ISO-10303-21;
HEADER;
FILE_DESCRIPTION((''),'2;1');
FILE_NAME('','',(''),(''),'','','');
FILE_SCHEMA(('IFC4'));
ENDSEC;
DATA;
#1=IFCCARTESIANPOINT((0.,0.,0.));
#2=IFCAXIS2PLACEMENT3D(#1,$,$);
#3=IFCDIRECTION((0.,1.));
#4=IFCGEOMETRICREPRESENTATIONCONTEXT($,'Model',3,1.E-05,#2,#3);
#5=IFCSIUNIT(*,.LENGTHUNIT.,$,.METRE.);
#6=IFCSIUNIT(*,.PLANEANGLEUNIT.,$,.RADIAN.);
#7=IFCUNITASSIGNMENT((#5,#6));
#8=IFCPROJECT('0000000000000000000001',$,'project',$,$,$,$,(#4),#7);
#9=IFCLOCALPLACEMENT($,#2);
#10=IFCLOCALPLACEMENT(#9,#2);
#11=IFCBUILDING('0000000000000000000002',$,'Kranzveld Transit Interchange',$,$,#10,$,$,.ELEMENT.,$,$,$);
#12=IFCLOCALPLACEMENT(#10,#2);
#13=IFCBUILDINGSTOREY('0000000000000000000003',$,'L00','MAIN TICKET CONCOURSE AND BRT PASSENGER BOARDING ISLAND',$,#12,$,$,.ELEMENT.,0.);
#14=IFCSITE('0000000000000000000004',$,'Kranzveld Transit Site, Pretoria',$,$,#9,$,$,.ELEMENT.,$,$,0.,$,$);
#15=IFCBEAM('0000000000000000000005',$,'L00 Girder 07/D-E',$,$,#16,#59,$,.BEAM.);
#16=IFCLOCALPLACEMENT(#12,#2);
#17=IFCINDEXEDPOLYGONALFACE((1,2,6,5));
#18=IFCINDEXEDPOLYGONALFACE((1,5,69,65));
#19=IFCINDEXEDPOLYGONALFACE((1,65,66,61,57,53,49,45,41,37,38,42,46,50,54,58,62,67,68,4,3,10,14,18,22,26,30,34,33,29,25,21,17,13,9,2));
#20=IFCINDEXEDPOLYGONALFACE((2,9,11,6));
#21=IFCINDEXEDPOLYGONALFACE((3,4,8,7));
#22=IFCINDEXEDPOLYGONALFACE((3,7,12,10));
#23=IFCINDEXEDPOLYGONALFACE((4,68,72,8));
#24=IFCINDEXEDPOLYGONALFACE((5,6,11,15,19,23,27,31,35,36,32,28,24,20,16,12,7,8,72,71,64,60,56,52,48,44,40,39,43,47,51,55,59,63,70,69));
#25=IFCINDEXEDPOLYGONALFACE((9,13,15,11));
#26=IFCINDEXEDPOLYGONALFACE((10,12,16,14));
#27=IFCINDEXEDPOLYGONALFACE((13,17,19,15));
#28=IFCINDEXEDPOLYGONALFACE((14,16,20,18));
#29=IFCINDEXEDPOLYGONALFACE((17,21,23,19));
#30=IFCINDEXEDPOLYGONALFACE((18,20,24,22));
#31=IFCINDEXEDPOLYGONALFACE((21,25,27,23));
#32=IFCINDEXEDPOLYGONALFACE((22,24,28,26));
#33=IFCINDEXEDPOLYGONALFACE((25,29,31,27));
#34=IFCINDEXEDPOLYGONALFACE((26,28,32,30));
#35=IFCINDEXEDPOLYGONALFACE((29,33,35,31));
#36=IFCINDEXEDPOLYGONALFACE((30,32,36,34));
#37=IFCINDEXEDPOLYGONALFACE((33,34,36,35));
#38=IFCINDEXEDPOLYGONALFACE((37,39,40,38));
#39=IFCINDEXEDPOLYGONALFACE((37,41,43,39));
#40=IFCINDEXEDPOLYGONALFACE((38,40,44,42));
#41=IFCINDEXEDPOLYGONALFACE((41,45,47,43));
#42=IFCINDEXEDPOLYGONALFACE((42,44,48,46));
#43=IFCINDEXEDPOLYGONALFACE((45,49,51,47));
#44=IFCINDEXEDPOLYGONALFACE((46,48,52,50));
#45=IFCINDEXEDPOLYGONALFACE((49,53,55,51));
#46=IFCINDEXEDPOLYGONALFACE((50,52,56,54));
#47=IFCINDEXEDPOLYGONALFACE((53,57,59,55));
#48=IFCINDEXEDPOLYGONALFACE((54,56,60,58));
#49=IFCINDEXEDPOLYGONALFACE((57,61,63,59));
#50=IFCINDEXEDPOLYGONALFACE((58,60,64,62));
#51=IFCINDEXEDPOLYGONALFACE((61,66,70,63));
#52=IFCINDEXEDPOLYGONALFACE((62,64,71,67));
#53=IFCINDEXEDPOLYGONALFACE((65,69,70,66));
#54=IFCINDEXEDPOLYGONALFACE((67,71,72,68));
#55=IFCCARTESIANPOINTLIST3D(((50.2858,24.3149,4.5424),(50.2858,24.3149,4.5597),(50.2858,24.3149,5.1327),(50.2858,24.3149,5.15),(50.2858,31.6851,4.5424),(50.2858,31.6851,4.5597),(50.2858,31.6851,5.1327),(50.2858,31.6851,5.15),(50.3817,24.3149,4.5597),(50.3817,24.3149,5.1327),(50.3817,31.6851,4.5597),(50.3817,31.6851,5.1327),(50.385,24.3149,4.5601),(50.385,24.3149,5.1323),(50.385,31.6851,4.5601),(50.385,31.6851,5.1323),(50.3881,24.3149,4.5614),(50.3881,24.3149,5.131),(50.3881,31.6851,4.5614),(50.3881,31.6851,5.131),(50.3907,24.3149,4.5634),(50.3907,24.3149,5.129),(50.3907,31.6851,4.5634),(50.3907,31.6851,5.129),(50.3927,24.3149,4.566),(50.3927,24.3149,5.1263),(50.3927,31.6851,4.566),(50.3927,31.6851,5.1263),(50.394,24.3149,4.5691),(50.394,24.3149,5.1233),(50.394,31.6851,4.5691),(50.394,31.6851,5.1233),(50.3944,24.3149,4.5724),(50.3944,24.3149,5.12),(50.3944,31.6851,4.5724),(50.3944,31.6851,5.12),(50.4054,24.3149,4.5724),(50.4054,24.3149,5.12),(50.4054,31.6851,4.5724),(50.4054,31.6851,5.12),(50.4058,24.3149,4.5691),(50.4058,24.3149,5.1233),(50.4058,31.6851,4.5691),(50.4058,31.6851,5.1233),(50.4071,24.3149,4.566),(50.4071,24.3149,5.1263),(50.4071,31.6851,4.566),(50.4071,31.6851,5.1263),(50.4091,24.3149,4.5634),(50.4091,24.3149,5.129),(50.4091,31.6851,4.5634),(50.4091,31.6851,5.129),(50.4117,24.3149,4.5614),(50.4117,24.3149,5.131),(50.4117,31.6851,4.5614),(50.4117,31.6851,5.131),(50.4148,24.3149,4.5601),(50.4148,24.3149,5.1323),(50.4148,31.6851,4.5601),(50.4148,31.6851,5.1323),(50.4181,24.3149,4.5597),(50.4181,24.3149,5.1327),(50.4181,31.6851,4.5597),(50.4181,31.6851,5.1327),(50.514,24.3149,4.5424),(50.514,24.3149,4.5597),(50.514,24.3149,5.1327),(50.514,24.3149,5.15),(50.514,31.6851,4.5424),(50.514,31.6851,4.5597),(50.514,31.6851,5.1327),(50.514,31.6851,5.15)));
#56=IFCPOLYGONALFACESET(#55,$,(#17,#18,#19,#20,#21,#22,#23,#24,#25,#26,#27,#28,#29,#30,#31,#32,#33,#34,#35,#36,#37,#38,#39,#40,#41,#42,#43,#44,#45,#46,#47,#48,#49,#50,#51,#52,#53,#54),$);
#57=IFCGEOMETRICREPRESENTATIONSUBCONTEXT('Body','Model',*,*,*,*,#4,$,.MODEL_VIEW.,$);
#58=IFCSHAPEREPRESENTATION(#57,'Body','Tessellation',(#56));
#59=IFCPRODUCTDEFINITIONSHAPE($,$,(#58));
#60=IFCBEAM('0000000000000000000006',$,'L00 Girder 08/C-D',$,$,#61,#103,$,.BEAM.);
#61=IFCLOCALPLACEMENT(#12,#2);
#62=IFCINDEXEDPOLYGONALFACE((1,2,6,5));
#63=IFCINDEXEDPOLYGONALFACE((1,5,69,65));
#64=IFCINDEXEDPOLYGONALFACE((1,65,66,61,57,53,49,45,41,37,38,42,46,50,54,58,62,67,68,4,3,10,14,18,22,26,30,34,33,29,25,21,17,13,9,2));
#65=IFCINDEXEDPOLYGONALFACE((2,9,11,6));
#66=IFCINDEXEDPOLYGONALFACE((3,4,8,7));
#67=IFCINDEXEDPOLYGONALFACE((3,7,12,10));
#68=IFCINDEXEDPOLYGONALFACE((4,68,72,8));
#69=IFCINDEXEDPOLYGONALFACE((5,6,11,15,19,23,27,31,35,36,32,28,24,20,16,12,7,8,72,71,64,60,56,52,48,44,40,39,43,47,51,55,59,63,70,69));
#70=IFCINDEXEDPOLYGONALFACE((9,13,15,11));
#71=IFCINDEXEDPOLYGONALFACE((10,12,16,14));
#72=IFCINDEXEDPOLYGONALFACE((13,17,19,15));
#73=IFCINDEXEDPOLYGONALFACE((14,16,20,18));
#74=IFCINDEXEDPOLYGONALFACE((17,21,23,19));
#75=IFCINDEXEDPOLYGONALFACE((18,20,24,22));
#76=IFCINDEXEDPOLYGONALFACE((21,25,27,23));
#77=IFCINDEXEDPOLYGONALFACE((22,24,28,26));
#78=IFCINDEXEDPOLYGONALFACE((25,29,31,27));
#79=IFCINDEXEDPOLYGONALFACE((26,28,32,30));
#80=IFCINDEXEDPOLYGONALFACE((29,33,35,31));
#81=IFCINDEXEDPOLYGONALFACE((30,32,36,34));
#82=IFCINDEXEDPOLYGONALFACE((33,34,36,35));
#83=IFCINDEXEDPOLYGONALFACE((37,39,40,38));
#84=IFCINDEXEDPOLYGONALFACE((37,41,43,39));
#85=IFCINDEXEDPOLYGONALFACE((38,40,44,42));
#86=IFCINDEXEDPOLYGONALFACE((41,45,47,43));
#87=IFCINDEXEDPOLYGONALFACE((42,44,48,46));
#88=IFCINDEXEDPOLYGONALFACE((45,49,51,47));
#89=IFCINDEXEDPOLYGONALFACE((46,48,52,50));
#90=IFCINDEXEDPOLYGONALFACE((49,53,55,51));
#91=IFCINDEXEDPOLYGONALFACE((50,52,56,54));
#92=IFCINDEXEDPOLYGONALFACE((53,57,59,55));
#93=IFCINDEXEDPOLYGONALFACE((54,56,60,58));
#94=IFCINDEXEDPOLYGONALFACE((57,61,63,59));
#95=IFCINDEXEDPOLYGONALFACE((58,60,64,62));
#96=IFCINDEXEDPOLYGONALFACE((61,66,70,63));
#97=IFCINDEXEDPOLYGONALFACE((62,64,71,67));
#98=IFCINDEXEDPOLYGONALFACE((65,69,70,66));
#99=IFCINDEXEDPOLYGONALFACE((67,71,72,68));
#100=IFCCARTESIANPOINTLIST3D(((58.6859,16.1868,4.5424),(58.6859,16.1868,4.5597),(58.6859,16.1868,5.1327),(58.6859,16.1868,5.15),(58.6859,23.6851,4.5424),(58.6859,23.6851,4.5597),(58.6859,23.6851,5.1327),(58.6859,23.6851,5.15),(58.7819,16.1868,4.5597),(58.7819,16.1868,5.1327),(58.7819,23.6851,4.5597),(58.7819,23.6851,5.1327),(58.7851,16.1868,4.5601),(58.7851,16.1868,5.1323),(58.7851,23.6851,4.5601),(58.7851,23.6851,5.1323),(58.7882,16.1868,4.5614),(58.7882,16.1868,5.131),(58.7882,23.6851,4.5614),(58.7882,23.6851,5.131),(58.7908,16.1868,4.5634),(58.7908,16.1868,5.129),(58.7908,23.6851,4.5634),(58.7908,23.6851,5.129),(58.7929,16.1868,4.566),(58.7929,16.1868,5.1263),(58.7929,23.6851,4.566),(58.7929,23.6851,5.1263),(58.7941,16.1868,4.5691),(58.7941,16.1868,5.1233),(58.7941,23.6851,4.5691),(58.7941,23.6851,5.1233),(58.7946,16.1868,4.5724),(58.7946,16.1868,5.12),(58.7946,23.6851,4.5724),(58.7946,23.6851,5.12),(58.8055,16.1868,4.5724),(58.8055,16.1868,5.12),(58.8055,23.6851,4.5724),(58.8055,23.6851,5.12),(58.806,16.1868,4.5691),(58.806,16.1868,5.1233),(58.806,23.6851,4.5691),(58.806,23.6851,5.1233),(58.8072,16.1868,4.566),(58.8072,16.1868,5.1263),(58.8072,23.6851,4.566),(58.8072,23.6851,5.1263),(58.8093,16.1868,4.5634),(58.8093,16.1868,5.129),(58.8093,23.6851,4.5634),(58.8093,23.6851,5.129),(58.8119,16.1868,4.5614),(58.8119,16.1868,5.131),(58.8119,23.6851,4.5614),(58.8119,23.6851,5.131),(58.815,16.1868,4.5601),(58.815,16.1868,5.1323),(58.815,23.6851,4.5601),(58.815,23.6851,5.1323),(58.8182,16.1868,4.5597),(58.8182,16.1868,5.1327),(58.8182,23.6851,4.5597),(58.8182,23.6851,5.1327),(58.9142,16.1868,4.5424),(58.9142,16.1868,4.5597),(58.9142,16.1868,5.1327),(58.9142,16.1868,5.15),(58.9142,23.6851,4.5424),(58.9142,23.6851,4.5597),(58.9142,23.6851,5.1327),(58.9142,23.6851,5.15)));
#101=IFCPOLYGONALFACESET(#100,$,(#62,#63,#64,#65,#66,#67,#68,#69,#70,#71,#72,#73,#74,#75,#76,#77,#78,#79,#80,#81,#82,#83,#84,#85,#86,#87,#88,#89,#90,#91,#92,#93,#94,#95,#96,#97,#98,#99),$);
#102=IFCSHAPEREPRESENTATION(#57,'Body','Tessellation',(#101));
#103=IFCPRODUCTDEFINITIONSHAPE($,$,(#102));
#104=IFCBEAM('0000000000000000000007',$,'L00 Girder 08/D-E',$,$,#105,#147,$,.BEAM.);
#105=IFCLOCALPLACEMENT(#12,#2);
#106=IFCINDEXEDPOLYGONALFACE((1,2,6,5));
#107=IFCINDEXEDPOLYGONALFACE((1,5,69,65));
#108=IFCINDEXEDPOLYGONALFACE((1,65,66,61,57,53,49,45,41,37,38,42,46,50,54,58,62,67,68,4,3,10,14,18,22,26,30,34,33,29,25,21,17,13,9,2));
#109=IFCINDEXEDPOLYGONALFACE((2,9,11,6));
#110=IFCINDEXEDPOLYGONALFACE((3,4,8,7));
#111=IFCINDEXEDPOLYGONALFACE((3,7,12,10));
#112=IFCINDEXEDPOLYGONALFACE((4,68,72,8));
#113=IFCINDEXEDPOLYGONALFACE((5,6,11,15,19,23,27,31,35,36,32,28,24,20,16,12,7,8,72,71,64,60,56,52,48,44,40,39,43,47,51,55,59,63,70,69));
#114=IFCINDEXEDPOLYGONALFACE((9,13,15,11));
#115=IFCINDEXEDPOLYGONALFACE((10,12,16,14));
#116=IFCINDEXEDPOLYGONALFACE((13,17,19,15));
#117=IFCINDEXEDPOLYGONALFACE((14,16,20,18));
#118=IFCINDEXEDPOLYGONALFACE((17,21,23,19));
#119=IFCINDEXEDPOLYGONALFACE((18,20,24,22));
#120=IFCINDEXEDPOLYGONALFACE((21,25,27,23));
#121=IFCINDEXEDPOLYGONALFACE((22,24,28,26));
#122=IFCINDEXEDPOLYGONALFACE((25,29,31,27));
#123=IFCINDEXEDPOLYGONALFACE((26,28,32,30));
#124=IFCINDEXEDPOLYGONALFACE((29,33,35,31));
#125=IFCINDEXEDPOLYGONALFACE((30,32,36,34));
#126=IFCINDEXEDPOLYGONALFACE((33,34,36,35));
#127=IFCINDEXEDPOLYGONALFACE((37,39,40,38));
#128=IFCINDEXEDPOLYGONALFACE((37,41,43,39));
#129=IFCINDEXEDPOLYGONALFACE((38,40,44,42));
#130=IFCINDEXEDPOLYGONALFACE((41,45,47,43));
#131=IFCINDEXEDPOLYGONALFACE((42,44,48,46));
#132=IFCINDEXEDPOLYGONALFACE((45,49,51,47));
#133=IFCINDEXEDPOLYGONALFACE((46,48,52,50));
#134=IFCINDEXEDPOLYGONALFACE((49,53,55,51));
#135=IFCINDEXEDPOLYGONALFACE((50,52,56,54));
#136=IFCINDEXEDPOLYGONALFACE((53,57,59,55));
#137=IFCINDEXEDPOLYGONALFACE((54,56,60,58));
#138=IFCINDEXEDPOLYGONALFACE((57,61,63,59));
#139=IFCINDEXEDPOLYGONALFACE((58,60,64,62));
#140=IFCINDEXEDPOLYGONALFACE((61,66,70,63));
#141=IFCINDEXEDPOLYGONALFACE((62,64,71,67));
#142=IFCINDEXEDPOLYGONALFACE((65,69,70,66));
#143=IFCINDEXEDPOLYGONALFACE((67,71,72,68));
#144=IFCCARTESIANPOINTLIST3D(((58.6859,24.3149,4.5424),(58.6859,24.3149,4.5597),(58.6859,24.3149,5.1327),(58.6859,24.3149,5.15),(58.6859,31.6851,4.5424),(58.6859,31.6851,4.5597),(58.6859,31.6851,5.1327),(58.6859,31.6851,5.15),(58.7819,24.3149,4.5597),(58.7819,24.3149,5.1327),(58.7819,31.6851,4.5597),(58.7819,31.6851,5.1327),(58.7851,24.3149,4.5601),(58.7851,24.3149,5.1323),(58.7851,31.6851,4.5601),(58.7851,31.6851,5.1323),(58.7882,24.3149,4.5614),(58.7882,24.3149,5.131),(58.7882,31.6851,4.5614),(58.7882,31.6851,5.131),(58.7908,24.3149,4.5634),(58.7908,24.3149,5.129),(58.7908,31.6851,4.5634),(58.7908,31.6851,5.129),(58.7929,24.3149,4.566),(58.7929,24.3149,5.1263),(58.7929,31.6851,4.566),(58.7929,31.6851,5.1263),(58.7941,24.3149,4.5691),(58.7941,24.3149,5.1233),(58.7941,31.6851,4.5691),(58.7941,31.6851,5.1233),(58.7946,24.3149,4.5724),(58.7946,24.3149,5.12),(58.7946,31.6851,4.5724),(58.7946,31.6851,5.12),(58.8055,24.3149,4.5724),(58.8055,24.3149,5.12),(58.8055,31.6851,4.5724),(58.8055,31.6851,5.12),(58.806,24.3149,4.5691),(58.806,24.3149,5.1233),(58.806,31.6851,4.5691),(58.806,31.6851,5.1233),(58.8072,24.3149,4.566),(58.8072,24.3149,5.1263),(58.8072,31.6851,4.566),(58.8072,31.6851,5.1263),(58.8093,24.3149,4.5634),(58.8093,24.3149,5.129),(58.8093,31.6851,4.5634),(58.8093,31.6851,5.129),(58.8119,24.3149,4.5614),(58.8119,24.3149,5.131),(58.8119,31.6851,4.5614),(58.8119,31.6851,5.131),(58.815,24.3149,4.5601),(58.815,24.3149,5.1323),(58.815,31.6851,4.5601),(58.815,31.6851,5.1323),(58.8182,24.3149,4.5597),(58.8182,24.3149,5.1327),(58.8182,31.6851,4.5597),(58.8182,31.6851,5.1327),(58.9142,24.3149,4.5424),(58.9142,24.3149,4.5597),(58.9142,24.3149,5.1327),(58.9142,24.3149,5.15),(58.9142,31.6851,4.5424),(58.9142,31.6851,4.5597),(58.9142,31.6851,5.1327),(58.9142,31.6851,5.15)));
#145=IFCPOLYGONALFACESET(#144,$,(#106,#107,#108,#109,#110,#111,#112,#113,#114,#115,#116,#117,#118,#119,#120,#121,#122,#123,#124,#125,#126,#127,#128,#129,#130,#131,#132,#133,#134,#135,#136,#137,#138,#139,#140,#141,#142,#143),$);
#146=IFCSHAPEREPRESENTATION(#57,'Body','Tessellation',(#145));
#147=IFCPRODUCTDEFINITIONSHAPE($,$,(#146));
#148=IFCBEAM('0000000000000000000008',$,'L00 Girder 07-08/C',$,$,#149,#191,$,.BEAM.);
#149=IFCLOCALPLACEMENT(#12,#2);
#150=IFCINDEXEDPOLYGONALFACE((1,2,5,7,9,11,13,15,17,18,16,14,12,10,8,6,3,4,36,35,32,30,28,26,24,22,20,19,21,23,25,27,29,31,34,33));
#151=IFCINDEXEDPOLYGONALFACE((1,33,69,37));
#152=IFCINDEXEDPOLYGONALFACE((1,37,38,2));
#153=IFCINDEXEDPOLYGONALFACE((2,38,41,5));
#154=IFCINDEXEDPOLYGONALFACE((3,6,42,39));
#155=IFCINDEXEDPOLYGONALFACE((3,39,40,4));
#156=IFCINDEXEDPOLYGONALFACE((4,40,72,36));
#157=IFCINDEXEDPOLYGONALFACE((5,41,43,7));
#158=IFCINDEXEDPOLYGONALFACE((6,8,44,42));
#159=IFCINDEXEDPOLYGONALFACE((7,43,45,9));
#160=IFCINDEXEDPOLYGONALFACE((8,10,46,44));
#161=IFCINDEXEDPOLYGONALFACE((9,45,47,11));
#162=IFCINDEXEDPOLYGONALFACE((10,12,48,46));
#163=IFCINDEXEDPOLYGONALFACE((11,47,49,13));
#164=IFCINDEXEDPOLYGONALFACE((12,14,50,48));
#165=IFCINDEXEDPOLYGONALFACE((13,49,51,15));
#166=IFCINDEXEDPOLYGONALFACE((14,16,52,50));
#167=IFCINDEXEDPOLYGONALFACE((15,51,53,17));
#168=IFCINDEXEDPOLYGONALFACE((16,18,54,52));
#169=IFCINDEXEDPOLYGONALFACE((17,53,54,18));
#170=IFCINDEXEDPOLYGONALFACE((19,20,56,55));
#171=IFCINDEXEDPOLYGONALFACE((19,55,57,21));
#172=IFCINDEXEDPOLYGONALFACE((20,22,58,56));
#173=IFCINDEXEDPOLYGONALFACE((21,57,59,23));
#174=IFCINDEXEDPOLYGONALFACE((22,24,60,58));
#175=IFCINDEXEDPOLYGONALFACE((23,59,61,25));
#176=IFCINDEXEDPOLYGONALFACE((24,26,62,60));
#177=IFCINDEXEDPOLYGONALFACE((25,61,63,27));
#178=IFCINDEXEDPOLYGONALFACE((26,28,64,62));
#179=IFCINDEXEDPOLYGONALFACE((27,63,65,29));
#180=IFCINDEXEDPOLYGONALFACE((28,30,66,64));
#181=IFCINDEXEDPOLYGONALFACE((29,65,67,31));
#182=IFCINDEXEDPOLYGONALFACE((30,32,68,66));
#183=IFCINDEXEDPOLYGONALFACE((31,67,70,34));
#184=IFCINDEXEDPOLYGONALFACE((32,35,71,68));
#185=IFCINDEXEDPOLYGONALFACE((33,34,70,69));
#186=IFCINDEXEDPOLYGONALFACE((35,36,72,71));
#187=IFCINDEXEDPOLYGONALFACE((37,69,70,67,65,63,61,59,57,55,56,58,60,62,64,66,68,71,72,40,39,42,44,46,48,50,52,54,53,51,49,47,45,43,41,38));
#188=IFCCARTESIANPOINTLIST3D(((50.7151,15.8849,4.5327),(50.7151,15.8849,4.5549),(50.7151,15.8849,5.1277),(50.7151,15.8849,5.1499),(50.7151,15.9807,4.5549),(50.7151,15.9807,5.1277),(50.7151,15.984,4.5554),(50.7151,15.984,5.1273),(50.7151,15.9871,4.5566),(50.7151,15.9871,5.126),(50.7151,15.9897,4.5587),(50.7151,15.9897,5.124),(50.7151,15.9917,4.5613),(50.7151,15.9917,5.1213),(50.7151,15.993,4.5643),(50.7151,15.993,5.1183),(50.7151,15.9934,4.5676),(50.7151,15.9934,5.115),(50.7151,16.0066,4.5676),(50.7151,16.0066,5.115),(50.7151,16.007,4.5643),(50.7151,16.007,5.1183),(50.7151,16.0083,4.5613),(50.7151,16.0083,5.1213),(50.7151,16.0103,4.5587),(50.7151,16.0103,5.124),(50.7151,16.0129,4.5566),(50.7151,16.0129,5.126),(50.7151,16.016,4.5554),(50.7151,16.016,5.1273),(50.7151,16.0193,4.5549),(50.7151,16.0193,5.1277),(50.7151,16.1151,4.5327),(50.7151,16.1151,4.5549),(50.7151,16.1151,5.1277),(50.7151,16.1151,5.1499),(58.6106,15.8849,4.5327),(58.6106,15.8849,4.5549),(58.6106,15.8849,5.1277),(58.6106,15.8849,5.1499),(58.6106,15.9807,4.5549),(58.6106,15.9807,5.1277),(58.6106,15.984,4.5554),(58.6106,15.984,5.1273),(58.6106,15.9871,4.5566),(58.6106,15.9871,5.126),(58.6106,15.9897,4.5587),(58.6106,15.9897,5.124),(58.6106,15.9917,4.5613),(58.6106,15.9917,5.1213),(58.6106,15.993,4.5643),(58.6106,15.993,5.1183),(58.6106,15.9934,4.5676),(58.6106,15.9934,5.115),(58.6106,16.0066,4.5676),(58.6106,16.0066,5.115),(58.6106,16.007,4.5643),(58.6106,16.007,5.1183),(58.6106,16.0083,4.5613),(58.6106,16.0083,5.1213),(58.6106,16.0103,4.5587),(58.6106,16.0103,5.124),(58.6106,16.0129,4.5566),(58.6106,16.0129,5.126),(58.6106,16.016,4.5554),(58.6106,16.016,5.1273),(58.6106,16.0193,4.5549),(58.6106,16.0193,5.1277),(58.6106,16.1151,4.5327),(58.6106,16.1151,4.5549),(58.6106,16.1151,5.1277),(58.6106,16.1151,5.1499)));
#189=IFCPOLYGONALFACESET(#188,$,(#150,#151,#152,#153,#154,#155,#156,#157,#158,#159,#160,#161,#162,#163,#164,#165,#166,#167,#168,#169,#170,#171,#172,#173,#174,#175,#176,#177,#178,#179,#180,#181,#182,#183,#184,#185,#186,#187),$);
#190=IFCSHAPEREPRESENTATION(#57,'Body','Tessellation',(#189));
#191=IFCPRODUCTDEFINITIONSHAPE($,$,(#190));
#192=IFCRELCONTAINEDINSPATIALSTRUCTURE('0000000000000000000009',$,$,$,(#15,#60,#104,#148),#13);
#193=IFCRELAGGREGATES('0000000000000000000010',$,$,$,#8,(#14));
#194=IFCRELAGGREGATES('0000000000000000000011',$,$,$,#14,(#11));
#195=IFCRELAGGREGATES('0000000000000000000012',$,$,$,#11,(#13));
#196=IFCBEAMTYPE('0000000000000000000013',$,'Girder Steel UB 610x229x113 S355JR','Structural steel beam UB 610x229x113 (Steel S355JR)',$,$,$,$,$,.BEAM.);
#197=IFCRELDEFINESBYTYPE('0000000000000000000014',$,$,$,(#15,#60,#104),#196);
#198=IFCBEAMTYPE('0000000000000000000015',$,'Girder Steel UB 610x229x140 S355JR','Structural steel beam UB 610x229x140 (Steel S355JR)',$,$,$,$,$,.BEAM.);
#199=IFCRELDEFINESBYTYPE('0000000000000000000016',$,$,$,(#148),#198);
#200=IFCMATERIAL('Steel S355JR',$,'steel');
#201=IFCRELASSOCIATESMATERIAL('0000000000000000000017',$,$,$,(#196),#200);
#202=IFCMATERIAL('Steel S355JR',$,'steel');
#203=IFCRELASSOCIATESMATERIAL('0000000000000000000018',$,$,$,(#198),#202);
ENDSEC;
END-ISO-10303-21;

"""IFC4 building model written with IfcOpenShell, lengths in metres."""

from ifc_helpers import new_model, si_unit, direction, frame, origin, origin_2d, place, context, subcontext, project, spatial, i_section, extrude, material, material_profile, profile_set, type_object, element, save


model = new_model("IFC4")

# Units and contexts
model_context = context("Model", 3, precision=1e-05, world=origin(), true_north=direction((0.0, 1.0)))
body_context = subcontext(model_context, "Body", "Model", "MODEL_VIEW")
ifc_project = project(units=[si_unit("LENGTHUNIT", "METRE"), si_unit("PLANEANGLEUNIT", "RADIAN")], contexts=[model_context])

# Site, building, storey
site_placement = place(None, origin())
site = spatial("IfcSite", under=ifc_project, at=site_placement, Name="Kranzveld Transit Site, Pretoria", CompositionType="ELEMENT", RefElevation=0.0)
building_placement = place(site_placement, origin())
building = spatial("IfcBuilding", under=site, at=building_placement, Name="Kranzveld Transit Interchange", CompositionType="ELEMENT")
storey_placement = place(building_placement, origin())
storey = spatial("IfcBuildingStorey", under=building, at=storey_placement, Name="L00", Description="MAIN TICKET CONCOURSE AND BRT PASSENGER BOARDING ISLAND", CompositionType="ELEMENT", Elevation=0.0)

# Beams
ifc_material_1 = material(Name="Steel S355JR", Category="steel")
ifc_material_profile_1 = material_profile(ifc_material_1, i_section(OverallWidth=0.2283, OverallDepth=0.6077, WebThickness=0.011, FlangeThickness=0.0173, FilletRadius=0.0127, at=origin_2d()), Name="UB 610x229x113")
ifc_profile_set_1 = profile_set([ifc_material_profile_1], Name="Steel S355JR")
beam_type_1 = type_object("IfcBeamType", Name="Girder Steel UB 610x229x113 S355JR", Description="Structural steel beam UB 610x229x113 (Steel S355JR)", PredefinedType="BEAM", material=ifc_profile_set_1)
for number, where, z_axis, x_axis, name in (
    (1, (50.3999, 24.3149, 4.8462), (0.0, 1.0, 0.0), (-1.0, 0.0, 0.0), "L00 Girder 07/D-E"),
):
    element("IfcBeam", number, at=place(storey_placement, frame(where, z_axis=z_axis, x_axis=x_axis)), inside=storey, type_object=beam_type_1, Name=name, PredefinedType="BEAM", context=body_context, shape_type="SweptSolid", body=[
        extrude(i_section(OverallWidth=0.2283, OverallDepth=0.6077, WebThickness=0.011, FlangeThickness=0.0173, FilletRadius=0.0127, at=origin_2d()), origin(), (0.0, 0.0, 1.0), 7.3701),
    ])
beam_1_placement = place(storey_placement, frame((58.8, 16.1868, 4.8462), z_axis=(0.0, 1.0, 0.0), x_axis=(-1.0, 0.0, 0.0)))
element("IfcBeam", 2, at=beam_1_placement, inside=storey, type_object=beam_type_1, Name="L00 Girder 08/C-D", PredefinedType="BEAM", context=body_context, shape_type="SweptSolid", body=[
    extrude(i_section(OverallWidth=0.2283, OverallDepth=0.6077, WebThickness=0.011, FlangeThickness=0.0173, FilletRadius=0.0127, at=origin_2d()), origin(), (0.0, 0.0, 1.0), 7.4983),
])
beam_2_placement = place(storey_placement, frame((58.8, 24.3149, 4.8462), z_axis=(0.0, 1.0, 0.0), x_axis=(-1.0, 0.0, 0.0)))
element("IfcBeam", 3, at=beam_2_placement, inside=storey, type_object=beam_type_1, Name="L00 Girder 08/D-E", PredefinedType="BEAM", context=body_context, shape_type="SweptSolid", body=[
    extrude(i_section(OverallWidth=0.2283, OverallDepth=0.6077, WebThickness=0.011, FlangeThickness=0.0173, FilletRadius=0.0127, at=origin_2d()), origin(), (0.0, 0.0, 1.0), 7.3701),
])
ifc_material_2 = material(Name="Steel S355JR", Category="steel")
ifc_material_profile_2 = material_profile(ifc_material_2, i_section(OverallWidth=0.2302, OverallDepth=0.6172, WebThickness=0.0132, FlangeThickness=0.0222, FilletRadius=0.0127, at=origin_2d()), Name="UB 610x229x140")
ifc_profile_set_2 = profile_set([ifc_material_profile_2], Name="Steel S355JR")
beam_type_2 = type_object("IfcBeamType", Name="Girder Steel UB 610x229x140 S355JR", Description="Structural steel beam UB 610x229x140 (Steel S355JR)", PredefinedType="BEAM", material=ifc_profile_set_2)
beam_3_placement = place(storey_placement, frame((50.7151, 16.0, 4.8413), z_axis=(1.0, 0.0, 0.0), x_axis=(0.0, 1.0, 0.0)))
element("IfcBeam", 4, at=beam_3_placement, inside=storey, type_object=beam_type_2, Name="L00 Girder 07-08/C", PredefinedType="BEAM", context=body_context, shape_type="SweptSolid", body=[
    extrude(i_section(OverallWidth=0.2302, OverallDepth=0.6172, WebThickness=0.0132, FlangeThickness=0.0222, FilletRadius=0.0127, at=origin_2d()), origin(), (0.0, 0.0, 1.0), 7.8955),
])

save(model, "model.ifc")
